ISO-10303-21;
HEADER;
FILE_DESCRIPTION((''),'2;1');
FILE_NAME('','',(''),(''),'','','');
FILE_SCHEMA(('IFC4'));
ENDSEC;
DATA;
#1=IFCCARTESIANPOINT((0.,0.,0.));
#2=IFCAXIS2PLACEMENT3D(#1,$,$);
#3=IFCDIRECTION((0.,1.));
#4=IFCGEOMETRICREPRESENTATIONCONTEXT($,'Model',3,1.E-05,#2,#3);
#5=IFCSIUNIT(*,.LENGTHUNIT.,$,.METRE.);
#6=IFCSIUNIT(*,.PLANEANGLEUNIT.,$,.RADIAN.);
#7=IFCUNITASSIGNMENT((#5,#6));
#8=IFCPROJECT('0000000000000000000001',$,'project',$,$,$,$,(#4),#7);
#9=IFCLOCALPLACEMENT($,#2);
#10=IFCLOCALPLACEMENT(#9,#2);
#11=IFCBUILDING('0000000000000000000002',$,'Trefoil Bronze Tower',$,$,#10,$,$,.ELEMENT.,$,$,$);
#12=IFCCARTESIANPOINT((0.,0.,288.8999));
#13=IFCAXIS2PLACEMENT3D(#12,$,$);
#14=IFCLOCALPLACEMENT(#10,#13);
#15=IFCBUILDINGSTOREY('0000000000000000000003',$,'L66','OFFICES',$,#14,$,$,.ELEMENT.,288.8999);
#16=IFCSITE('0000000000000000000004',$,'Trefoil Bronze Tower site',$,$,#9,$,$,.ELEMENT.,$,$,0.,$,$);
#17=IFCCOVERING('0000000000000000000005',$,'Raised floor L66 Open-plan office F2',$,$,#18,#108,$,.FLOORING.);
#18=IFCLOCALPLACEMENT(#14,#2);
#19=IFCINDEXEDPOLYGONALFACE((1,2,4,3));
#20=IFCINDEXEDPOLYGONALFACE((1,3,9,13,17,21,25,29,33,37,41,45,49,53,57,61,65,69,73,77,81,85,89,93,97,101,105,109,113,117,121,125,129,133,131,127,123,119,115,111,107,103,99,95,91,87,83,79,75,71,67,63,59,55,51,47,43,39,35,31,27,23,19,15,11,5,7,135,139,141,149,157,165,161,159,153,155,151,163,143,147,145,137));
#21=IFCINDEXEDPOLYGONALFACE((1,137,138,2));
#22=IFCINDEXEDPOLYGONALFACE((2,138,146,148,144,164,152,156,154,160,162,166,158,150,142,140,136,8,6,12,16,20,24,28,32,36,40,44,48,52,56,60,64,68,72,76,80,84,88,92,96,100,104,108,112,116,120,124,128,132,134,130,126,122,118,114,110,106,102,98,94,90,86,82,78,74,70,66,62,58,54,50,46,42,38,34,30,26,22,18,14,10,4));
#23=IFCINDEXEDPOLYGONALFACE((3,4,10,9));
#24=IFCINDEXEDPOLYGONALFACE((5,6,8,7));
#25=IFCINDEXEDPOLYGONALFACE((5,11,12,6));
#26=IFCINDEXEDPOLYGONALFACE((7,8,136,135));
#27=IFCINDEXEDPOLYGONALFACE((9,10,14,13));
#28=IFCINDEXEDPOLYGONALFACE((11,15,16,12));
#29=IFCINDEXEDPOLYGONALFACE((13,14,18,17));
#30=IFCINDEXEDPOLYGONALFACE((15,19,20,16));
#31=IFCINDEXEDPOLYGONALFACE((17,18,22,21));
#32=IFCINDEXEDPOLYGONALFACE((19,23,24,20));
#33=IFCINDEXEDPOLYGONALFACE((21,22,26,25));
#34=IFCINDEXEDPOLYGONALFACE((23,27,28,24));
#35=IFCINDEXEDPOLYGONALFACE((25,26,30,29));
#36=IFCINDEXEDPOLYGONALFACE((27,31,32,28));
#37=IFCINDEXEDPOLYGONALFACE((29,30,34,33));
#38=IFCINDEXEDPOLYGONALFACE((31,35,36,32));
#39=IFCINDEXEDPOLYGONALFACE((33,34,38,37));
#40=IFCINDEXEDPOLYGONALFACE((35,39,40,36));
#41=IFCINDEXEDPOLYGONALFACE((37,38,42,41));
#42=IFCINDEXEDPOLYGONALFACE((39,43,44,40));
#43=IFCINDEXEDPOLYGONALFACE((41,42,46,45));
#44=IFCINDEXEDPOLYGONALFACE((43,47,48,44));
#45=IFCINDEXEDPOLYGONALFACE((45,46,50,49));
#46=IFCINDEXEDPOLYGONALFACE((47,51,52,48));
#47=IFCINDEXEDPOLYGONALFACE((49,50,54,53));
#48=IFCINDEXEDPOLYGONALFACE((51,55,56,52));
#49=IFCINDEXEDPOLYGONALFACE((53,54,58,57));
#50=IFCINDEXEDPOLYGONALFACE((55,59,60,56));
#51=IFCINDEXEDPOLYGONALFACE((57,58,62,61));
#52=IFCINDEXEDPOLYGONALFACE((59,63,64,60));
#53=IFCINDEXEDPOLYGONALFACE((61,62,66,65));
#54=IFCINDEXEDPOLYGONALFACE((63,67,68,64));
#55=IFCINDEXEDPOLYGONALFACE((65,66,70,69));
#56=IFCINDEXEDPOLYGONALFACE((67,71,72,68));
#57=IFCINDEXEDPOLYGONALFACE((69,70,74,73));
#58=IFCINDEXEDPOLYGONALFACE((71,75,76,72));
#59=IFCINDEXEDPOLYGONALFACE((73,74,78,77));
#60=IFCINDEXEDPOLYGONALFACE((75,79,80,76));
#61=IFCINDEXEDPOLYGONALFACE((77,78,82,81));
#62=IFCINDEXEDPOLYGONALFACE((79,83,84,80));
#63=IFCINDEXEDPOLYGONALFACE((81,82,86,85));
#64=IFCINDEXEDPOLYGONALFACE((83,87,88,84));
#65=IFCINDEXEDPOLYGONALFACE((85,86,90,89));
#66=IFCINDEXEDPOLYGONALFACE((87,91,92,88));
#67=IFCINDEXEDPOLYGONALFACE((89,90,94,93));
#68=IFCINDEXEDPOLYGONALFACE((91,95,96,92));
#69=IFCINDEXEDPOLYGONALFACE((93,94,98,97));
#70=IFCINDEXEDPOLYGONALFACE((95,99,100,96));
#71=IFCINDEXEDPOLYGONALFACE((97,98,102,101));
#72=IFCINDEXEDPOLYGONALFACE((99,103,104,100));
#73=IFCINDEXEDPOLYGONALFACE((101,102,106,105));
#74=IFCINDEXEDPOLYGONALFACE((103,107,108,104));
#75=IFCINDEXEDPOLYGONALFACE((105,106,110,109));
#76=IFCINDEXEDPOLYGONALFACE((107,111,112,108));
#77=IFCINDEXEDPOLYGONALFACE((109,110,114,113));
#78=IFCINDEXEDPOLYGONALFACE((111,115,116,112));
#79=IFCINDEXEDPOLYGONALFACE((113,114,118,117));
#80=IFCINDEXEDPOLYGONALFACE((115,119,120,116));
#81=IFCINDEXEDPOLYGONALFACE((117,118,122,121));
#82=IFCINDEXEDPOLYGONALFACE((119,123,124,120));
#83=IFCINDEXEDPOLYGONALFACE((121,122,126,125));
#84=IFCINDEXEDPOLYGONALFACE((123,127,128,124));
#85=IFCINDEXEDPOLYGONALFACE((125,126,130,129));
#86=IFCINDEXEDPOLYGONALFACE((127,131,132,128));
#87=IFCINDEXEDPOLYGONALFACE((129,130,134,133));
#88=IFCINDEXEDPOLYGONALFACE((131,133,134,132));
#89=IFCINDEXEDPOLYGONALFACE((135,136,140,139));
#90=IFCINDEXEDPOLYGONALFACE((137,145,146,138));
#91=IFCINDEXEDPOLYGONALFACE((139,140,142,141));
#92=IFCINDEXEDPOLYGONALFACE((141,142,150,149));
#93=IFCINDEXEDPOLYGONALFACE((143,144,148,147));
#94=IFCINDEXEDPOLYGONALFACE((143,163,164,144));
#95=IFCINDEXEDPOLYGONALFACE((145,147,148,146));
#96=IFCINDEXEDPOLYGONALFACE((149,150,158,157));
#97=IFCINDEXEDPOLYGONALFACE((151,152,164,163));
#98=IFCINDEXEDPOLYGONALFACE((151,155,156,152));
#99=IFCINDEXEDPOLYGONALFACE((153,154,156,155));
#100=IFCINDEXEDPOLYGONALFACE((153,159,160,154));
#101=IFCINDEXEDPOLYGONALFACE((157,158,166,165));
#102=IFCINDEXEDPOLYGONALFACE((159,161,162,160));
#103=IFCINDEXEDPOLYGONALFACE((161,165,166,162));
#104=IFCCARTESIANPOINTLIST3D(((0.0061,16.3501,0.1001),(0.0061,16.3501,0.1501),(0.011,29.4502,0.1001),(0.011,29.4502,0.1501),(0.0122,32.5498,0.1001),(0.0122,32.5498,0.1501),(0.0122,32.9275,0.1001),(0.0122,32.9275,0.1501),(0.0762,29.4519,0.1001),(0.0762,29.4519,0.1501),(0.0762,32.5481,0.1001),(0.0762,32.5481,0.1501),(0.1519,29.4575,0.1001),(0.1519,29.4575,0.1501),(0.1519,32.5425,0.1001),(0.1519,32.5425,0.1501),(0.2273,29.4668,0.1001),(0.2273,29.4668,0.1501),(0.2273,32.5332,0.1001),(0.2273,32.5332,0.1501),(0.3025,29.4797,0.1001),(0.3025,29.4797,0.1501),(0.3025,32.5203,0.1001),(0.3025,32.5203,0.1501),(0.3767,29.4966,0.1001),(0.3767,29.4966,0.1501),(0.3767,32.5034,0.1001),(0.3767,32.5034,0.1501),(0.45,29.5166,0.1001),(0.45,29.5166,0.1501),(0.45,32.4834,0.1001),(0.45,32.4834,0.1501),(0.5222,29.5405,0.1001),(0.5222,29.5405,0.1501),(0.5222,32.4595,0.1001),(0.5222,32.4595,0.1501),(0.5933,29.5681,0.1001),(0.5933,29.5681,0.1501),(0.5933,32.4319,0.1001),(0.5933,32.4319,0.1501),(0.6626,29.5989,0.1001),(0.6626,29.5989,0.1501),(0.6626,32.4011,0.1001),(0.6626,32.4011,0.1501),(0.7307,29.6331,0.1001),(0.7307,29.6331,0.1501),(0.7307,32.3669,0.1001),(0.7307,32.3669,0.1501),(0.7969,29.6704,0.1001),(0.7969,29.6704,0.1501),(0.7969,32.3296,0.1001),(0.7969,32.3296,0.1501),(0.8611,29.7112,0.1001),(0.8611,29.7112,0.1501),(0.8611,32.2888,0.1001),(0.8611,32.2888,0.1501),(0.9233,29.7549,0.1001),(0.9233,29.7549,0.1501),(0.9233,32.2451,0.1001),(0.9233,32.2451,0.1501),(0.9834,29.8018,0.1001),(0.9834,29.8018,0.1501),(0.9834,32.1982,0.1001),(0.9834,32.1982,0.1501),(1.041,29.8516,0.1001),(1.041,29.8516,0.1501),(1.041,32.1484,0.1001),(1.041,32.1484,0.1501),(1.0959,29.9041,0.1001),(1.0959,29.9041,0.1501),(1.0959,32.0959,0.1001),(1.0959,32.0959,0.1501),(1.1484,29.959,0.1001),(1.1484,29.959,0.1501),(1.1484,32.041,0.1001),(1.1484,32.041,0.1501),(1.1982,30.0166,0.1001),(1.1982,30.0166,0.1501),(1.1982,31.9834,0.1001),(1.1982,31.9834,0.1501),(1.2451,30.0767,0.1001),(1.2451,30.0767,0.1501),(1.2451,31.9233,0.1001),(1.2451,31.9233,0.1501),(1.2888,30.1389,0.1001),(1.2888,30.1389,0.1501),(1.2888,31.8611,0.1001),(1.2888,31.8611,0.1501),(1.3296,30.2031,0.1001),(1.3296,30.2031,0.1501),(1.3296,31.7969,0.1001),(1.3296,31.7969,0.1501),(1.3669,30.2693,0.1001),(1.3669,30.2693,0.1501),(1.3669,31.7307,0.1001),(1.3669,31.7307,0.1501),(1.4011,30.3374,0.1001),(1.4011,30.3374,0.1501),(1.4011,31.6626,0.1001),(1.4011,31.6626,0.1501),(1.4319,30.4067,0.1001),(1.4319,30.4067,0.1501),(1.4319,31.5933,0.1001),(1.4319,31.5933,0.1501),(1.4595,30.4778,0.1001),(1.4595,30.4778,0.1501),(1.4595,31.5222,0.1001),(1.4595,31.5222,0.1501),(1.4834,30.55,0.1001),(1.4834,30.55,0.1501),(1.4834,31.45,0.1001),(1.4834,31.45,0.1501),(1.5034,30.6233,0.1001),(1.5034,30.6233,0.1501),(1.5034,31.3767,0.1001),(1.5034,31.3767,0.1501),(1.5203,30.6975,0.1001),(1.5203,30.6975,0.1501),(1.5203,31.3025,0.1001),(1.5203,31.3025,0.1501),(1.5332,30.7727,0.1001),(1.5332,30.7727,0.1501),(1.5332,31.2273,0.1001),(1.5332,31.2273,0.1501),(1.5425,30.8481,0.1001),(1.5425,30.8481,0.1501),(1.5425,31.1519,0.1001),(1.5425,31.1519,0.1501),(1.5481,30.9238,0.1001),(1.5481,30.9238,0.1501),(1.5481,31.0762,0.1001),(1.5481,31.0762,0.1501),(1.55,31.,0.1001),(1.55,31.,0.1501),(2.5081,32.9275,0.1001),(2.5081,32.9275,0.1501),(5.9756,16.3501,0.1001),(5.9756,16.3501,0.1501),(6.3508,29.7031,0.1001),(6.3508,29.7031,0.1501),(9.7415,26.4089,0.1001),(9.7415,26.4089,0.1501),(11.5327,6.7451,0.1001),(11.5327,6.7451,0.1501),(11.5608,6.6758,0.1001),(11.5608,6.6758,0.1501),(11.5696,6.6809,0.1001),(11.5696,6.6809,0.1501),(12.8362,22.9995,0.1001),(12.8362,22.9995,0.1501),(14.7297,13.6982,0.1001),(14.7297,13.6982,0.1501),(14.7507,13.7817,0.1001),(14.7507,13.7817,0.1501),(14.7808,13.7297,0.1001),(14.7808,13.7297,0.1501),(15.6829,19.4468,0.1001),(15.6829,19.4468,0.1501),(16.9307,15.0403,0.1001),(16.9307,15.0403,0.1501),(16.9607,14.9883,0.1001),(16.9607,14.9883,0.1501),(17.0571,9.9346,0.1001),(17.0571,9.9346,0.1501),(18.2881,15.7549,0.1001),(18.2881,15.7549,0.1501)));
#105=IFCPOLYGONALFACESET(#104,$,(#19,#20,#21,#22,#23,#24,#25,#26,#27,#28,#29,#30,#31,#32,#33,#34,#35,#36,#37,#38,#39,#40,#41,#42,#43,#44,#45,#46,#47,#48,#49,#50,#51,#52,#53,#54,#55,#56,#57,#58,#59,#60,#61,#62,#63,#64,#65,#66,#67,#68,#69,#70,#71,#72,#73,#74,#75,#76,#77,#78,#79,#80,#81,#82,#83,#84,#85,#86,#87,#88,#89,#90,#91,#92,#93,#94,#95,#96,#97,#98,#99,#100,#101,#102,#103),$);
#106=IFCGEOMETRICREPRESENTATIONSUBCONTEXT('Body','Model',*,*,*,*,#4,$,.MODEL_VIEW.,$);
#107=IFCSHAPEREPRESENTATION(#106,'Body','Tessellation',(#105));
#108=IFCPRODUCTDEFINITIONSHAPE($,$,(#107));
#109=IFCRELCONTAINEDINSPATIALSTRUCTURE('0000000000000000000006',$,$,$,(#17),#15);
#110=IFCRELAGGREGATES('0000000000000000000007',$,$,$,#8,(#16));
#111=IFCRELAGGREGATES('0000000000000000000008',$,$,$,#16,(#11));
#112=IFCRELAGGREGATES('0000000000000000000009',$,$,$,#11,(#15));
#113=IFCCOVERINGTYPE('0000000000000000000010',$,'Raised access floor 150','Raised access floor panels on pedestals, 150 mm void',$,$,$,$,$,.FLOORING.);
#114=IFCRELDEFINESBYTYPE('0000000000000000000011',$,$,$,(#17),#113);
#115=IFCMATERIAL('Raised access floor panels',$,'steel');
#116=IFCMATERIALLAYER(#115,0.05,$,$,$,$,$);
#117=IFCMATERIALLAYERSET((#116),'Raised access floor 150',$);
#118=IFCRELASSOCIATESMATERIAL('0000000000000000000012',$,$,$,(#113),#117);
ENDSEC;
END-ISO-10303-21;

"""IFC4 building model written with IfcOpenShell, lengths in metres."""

from ifc_helpers import new_model, si_unit, direction, frame, origin, place, context, subcontext, project, spatial, polyline, outline, extrude, material, layer, layer_set, type_object, element, save


model = new_model("IFC4")

# Units and contexts
model_context = context("Model", 3, precision=1e-05, world=origin(), true_north=direction((0.0, 1.0)))
body_context = subcontext(model_context, "Body", "Model", "MODEL_VIEW")
ifc_project = project(units=[si_unit("LENGTHUNIT", "METRE"), si_unit("PLANEANGLEUNIT", "RADIAN")], contexts=[model_context])

# Site, building, storey
site_placement = place(None, origin())
site = spatial("IfcSite", under=ifc_project, at=site_placement, Name="Trefoil Bronze Tower site", CompositionType="ELEMENT", RefElevation=0.0)
building_placement = place(site_placement, origin())
building = spatial("IfcBuilding", under=site, at=building_placement, Name="Trefoil Bronze Tower", CompositionType="ELEMENT")
storey_placement = place(building_placement, frame((0.0, 0.0, 288.8999)))
storey = spatial("IfcBuildingStorey", under=building, at=storey_placement, Name="L66", Description="OFFICES", CompositionType="ELEMENT", Elevation=288.8999)

# Covering
ifc_material_1 = material(Name="Raised access floor panels", Category="steel")
ifc_layer_1 = layer(ifc_material_1, 0.05)
ifc_layer_set_1 = layer_set([ifc_layer_1], Name="Raised access floor 150")
covering_type_1 = type_object("IfcCoveringType", Name="Raised access floor 150", Description="Raised access floor panels on pedestals, 150 mm void", PredefinedType="FLOORING", material=ifc_layer_set_1)
covering_1_placement = place(storey_placement, frame((0.0, 0.0, 0.1001)))
element("IfcCovering", 1, at=covering_1_placement, inside=storey, type_object=covering_type_1, Name="Raised floor L66 Open-plan office F2", PredefinedType="FLOORING", context=body_context, shape_type="SweptSolid", body=[
    extrude(outline(polyline([(16.9607, 14.9883), (16.9307, 15.0403), (14.7507, 13.7817), (14.7808, 13.7297), (14.7297, 13.6982), (17.0571, 9.9346), (11.5327, 6.7451), (11.5696, 6.6809), (11.5608, 6.6758), (5.9756, 16.3501), (0.0061, 16.3501), (0.011, 29.4502), (0.0762, 29.4519), (0.1519, 29.4575), (0.2273, 29.4668), (0.3025, 29.4797), (0.3767, 29.4966), (0.45, 29.5166), (0.5222, 29.5405), (0.5933, 29.5681), (0.6626, 29.5989), (0.7307, 29.6331), (0.7969, 29.6704), (0.8611, 29.7112), (0.9233, 29.7549), (0.9834, 29.8018), (1.041, 29.8516), (1.0959, 29.9041), (1.1484, 29.959), (1.1982, 30.0166), (1.2451, 30.0767), (1.2888, 30.1389), (1.3296, 30.2031), (1.3669, 30.2693), (1.4011, 30.3374), (1.4319, 30.4067), (1.4595, 30.4778), (1.4834, 30.55), (1.5034, 30.6233), (1.5203, 30.6975), (1.5332, 30.7727), (1.5425, 30.8481), (1.5481, 30.9238), (1.55, 31.0), (1.5481, 31.0762), (1.5425, 31.1519), (1.5332, 31.2273), (1.5203, 31.3025), (1.5034, 31.3767), (1.4834, 31.45), (1.4595, 31.5222), (1.4319, 31.5933), (1.4011, 31.6626), (1.3669, 31.7307), (1.3296, 31.7969), (1.2888, 31.8611), (1.2451, 31.9233), (1.1982, 31.9834), (1.1484, 32.041), (1.0959, 32.0959), (1.041, 32.1484), (0.9834, 32.1982), (0.9233, 32.2451), (0.8611, 32.2888), (0.7969, 32.3296), (0.7307, 32.3669), (0.6626, 32.4011), (0.5933, 32.4319), (0.5222, 32.4595), (0.45, 32.4834), (0.3767, 32.5034), (0.3025, 32.5203), (0.2273, 32.5332), (0.1519, 32.5425), (0.0762, 32.5481), (0.0122, 32.5498), (0.0122, 32.9275), (2.5081, 32.9275), (6.3508, 29.7031), (9.7415, 26.4089), (12.8362, 22.9995), (15.6829, 19.4468), (18.2881, 15.7549), (16.9607, 14.9883)])), origin(), (0.0, 0.0, 1.0), 0.05),
])

save(model, "model.ifc")
